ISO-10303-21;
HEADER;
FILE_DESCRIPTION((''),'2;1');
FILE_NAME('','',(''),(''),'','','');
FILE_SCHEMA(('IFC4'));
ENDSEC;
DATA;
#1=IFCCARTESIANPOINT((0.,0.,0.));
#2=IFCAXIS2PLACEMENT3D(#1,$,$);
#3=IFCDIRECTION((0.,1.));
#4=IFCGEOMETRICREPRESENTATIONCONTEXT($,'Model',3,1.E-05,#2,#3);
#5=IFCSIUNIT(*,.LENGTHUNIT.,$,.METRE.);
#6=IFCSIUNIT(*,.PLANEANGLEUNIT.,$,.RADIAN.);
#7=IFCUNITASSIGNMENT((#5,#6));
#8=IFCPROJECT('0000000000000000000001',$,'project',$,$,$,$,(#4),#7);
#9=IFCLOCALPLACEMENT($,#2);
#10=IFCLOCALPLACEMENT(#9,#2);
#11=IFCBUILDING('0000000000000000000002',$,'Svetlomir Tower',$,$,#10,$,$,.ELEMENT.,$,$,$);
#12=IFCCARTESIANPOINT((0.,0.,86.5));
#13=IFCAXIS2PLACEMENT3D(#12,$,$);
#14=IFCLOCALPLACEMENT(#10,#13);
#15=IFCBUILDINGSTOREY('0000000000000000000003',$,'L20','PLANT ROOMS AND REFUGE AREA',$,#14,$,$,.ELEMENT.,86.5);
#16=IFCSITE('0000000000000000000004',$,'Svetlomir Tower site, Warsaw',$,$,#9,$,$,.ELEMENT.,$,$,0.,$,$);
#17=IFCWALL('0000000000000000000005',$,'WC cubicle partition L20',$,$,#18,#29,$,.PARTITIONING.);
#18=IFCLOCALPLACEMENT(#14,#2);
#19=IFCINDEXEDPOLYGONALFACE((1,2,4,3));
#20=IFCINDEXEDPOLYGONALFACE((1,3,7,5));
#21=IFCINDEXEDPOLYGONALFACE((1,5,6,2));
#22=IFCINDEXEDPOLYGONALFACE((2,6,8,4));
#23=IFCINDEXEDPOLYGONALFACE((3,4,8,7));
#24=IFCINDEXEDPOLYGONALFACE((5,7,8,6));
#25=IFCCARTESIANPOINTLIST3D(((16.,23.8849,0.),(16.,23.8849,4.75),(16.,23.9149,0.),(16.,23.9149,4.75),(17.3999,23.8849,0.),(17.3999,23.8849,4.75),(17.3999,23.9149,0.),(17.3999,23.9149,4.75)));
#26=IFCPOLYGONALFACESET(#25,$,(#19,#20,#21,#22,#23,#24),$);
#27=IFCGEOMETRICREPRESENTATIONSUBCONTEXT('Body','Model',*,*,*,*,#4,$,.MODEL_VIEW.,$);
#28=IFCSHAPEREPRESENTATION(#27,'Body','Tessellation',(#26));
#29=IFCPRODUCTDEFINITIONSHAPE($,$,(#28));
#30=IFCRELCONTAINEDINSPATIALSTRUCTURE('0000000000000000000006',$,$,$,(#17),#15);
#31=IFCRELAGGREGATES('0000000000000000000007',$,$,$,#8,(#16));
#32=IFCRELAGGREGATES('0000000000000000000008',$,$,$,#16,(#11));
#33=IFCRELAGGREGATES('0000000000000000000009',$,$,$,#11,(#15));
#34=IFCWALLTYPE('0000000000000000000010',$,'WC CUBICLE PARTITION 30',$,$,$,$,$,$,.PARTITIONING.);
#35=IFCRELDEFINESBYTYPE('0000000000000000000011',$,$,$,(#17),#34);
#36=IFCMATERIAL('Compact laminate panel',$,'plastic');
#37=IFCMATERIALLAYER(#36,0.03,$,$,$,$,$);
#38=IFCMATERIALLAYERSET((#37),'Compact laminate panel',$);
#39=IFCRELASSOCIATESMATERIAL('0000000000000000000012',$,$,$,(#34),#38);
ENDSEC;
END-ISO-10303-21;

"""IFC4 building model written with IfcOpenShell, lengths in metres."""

from ifc_helpers import new_model, si_unit, direction, frame, frame_2d, origin, place, context, subcontext, project, spatial, rectangle, extrude, material, layer, layer_set, type_object, element, save


model = new_model("IFC4")

# Units and contexts
model_context = context("Model", 3, precision=1e-05, world=origin(), true_north=direction((0.0, 1.0)))
body_context = subcontext(model_context, "Body", "Model", "MODEL_VIEW")
ifc_project = project(units=[si_unit("LENGTHUNIT", "METRE"), si_unit("PLANEANGLEUNIT", "RADIAN")], contexts=[model_context])

# Site, building, storey
site_placement = place(None, origin())
site = spatial("IfcSite", under=ifc_project, at=site_placement, Name="Svetlomir Tower site, Warsaw", CompositionType="ELEMENT", RefElevation=0.0)
building_placement = place(site_placement, origin())
building = spatial("IfcBuilding", under=site, at=building_placement, Name="Svetlomir Tower", CompositionType="ELEMENT")
storey_placement = place(building_placement, frame((0.0, 0.0, 86.5)))
storey = spatial("IfcBuildingStorey", under=building, at=storey_placement, Name="L20", Description="PLANT ROOMS AND REFUGE AREA", CompositionType="ELEMENT", Elevation=86.5)

# Wall
ifc_material_1 = material(Name="Compact laminate panel", Category="plastic")
ifc_layer_1 = layer(ifc_material_1, 0.03)
ifc_layer_set_1 = layer_set([ifc_layer_1], Name="Compact laminate panel")
wall_type_1 = type_object("IfcWallType", Name="WC CUBICLE PARTITION 30", PredefinedType="PARTITIONING", material=ifc_layer_set_1)
wall_1_placement = place(storey_placement, frame((16.0, 23.8999, 0.0), z_axis=(0.0, 0.0, 1.0), x_axis=(1.0, 0.0, 0.0)))
element("IfcWall", 1, at=wall_1_placement, inside=storey, type_object=wall_type_1, Name="WC cubicle partition L20", PredefinedType="PARTITIONING", context=body_context, shape_type="SweptSolid", body=[
    extrude(rectangle(XDim=1.3999, YDim=0.03, at=frame_2d((0.7, 0.0))), origin(), (0.0, 0.0, 1.0), 4.75),
])

save(model, "model.ifc")
